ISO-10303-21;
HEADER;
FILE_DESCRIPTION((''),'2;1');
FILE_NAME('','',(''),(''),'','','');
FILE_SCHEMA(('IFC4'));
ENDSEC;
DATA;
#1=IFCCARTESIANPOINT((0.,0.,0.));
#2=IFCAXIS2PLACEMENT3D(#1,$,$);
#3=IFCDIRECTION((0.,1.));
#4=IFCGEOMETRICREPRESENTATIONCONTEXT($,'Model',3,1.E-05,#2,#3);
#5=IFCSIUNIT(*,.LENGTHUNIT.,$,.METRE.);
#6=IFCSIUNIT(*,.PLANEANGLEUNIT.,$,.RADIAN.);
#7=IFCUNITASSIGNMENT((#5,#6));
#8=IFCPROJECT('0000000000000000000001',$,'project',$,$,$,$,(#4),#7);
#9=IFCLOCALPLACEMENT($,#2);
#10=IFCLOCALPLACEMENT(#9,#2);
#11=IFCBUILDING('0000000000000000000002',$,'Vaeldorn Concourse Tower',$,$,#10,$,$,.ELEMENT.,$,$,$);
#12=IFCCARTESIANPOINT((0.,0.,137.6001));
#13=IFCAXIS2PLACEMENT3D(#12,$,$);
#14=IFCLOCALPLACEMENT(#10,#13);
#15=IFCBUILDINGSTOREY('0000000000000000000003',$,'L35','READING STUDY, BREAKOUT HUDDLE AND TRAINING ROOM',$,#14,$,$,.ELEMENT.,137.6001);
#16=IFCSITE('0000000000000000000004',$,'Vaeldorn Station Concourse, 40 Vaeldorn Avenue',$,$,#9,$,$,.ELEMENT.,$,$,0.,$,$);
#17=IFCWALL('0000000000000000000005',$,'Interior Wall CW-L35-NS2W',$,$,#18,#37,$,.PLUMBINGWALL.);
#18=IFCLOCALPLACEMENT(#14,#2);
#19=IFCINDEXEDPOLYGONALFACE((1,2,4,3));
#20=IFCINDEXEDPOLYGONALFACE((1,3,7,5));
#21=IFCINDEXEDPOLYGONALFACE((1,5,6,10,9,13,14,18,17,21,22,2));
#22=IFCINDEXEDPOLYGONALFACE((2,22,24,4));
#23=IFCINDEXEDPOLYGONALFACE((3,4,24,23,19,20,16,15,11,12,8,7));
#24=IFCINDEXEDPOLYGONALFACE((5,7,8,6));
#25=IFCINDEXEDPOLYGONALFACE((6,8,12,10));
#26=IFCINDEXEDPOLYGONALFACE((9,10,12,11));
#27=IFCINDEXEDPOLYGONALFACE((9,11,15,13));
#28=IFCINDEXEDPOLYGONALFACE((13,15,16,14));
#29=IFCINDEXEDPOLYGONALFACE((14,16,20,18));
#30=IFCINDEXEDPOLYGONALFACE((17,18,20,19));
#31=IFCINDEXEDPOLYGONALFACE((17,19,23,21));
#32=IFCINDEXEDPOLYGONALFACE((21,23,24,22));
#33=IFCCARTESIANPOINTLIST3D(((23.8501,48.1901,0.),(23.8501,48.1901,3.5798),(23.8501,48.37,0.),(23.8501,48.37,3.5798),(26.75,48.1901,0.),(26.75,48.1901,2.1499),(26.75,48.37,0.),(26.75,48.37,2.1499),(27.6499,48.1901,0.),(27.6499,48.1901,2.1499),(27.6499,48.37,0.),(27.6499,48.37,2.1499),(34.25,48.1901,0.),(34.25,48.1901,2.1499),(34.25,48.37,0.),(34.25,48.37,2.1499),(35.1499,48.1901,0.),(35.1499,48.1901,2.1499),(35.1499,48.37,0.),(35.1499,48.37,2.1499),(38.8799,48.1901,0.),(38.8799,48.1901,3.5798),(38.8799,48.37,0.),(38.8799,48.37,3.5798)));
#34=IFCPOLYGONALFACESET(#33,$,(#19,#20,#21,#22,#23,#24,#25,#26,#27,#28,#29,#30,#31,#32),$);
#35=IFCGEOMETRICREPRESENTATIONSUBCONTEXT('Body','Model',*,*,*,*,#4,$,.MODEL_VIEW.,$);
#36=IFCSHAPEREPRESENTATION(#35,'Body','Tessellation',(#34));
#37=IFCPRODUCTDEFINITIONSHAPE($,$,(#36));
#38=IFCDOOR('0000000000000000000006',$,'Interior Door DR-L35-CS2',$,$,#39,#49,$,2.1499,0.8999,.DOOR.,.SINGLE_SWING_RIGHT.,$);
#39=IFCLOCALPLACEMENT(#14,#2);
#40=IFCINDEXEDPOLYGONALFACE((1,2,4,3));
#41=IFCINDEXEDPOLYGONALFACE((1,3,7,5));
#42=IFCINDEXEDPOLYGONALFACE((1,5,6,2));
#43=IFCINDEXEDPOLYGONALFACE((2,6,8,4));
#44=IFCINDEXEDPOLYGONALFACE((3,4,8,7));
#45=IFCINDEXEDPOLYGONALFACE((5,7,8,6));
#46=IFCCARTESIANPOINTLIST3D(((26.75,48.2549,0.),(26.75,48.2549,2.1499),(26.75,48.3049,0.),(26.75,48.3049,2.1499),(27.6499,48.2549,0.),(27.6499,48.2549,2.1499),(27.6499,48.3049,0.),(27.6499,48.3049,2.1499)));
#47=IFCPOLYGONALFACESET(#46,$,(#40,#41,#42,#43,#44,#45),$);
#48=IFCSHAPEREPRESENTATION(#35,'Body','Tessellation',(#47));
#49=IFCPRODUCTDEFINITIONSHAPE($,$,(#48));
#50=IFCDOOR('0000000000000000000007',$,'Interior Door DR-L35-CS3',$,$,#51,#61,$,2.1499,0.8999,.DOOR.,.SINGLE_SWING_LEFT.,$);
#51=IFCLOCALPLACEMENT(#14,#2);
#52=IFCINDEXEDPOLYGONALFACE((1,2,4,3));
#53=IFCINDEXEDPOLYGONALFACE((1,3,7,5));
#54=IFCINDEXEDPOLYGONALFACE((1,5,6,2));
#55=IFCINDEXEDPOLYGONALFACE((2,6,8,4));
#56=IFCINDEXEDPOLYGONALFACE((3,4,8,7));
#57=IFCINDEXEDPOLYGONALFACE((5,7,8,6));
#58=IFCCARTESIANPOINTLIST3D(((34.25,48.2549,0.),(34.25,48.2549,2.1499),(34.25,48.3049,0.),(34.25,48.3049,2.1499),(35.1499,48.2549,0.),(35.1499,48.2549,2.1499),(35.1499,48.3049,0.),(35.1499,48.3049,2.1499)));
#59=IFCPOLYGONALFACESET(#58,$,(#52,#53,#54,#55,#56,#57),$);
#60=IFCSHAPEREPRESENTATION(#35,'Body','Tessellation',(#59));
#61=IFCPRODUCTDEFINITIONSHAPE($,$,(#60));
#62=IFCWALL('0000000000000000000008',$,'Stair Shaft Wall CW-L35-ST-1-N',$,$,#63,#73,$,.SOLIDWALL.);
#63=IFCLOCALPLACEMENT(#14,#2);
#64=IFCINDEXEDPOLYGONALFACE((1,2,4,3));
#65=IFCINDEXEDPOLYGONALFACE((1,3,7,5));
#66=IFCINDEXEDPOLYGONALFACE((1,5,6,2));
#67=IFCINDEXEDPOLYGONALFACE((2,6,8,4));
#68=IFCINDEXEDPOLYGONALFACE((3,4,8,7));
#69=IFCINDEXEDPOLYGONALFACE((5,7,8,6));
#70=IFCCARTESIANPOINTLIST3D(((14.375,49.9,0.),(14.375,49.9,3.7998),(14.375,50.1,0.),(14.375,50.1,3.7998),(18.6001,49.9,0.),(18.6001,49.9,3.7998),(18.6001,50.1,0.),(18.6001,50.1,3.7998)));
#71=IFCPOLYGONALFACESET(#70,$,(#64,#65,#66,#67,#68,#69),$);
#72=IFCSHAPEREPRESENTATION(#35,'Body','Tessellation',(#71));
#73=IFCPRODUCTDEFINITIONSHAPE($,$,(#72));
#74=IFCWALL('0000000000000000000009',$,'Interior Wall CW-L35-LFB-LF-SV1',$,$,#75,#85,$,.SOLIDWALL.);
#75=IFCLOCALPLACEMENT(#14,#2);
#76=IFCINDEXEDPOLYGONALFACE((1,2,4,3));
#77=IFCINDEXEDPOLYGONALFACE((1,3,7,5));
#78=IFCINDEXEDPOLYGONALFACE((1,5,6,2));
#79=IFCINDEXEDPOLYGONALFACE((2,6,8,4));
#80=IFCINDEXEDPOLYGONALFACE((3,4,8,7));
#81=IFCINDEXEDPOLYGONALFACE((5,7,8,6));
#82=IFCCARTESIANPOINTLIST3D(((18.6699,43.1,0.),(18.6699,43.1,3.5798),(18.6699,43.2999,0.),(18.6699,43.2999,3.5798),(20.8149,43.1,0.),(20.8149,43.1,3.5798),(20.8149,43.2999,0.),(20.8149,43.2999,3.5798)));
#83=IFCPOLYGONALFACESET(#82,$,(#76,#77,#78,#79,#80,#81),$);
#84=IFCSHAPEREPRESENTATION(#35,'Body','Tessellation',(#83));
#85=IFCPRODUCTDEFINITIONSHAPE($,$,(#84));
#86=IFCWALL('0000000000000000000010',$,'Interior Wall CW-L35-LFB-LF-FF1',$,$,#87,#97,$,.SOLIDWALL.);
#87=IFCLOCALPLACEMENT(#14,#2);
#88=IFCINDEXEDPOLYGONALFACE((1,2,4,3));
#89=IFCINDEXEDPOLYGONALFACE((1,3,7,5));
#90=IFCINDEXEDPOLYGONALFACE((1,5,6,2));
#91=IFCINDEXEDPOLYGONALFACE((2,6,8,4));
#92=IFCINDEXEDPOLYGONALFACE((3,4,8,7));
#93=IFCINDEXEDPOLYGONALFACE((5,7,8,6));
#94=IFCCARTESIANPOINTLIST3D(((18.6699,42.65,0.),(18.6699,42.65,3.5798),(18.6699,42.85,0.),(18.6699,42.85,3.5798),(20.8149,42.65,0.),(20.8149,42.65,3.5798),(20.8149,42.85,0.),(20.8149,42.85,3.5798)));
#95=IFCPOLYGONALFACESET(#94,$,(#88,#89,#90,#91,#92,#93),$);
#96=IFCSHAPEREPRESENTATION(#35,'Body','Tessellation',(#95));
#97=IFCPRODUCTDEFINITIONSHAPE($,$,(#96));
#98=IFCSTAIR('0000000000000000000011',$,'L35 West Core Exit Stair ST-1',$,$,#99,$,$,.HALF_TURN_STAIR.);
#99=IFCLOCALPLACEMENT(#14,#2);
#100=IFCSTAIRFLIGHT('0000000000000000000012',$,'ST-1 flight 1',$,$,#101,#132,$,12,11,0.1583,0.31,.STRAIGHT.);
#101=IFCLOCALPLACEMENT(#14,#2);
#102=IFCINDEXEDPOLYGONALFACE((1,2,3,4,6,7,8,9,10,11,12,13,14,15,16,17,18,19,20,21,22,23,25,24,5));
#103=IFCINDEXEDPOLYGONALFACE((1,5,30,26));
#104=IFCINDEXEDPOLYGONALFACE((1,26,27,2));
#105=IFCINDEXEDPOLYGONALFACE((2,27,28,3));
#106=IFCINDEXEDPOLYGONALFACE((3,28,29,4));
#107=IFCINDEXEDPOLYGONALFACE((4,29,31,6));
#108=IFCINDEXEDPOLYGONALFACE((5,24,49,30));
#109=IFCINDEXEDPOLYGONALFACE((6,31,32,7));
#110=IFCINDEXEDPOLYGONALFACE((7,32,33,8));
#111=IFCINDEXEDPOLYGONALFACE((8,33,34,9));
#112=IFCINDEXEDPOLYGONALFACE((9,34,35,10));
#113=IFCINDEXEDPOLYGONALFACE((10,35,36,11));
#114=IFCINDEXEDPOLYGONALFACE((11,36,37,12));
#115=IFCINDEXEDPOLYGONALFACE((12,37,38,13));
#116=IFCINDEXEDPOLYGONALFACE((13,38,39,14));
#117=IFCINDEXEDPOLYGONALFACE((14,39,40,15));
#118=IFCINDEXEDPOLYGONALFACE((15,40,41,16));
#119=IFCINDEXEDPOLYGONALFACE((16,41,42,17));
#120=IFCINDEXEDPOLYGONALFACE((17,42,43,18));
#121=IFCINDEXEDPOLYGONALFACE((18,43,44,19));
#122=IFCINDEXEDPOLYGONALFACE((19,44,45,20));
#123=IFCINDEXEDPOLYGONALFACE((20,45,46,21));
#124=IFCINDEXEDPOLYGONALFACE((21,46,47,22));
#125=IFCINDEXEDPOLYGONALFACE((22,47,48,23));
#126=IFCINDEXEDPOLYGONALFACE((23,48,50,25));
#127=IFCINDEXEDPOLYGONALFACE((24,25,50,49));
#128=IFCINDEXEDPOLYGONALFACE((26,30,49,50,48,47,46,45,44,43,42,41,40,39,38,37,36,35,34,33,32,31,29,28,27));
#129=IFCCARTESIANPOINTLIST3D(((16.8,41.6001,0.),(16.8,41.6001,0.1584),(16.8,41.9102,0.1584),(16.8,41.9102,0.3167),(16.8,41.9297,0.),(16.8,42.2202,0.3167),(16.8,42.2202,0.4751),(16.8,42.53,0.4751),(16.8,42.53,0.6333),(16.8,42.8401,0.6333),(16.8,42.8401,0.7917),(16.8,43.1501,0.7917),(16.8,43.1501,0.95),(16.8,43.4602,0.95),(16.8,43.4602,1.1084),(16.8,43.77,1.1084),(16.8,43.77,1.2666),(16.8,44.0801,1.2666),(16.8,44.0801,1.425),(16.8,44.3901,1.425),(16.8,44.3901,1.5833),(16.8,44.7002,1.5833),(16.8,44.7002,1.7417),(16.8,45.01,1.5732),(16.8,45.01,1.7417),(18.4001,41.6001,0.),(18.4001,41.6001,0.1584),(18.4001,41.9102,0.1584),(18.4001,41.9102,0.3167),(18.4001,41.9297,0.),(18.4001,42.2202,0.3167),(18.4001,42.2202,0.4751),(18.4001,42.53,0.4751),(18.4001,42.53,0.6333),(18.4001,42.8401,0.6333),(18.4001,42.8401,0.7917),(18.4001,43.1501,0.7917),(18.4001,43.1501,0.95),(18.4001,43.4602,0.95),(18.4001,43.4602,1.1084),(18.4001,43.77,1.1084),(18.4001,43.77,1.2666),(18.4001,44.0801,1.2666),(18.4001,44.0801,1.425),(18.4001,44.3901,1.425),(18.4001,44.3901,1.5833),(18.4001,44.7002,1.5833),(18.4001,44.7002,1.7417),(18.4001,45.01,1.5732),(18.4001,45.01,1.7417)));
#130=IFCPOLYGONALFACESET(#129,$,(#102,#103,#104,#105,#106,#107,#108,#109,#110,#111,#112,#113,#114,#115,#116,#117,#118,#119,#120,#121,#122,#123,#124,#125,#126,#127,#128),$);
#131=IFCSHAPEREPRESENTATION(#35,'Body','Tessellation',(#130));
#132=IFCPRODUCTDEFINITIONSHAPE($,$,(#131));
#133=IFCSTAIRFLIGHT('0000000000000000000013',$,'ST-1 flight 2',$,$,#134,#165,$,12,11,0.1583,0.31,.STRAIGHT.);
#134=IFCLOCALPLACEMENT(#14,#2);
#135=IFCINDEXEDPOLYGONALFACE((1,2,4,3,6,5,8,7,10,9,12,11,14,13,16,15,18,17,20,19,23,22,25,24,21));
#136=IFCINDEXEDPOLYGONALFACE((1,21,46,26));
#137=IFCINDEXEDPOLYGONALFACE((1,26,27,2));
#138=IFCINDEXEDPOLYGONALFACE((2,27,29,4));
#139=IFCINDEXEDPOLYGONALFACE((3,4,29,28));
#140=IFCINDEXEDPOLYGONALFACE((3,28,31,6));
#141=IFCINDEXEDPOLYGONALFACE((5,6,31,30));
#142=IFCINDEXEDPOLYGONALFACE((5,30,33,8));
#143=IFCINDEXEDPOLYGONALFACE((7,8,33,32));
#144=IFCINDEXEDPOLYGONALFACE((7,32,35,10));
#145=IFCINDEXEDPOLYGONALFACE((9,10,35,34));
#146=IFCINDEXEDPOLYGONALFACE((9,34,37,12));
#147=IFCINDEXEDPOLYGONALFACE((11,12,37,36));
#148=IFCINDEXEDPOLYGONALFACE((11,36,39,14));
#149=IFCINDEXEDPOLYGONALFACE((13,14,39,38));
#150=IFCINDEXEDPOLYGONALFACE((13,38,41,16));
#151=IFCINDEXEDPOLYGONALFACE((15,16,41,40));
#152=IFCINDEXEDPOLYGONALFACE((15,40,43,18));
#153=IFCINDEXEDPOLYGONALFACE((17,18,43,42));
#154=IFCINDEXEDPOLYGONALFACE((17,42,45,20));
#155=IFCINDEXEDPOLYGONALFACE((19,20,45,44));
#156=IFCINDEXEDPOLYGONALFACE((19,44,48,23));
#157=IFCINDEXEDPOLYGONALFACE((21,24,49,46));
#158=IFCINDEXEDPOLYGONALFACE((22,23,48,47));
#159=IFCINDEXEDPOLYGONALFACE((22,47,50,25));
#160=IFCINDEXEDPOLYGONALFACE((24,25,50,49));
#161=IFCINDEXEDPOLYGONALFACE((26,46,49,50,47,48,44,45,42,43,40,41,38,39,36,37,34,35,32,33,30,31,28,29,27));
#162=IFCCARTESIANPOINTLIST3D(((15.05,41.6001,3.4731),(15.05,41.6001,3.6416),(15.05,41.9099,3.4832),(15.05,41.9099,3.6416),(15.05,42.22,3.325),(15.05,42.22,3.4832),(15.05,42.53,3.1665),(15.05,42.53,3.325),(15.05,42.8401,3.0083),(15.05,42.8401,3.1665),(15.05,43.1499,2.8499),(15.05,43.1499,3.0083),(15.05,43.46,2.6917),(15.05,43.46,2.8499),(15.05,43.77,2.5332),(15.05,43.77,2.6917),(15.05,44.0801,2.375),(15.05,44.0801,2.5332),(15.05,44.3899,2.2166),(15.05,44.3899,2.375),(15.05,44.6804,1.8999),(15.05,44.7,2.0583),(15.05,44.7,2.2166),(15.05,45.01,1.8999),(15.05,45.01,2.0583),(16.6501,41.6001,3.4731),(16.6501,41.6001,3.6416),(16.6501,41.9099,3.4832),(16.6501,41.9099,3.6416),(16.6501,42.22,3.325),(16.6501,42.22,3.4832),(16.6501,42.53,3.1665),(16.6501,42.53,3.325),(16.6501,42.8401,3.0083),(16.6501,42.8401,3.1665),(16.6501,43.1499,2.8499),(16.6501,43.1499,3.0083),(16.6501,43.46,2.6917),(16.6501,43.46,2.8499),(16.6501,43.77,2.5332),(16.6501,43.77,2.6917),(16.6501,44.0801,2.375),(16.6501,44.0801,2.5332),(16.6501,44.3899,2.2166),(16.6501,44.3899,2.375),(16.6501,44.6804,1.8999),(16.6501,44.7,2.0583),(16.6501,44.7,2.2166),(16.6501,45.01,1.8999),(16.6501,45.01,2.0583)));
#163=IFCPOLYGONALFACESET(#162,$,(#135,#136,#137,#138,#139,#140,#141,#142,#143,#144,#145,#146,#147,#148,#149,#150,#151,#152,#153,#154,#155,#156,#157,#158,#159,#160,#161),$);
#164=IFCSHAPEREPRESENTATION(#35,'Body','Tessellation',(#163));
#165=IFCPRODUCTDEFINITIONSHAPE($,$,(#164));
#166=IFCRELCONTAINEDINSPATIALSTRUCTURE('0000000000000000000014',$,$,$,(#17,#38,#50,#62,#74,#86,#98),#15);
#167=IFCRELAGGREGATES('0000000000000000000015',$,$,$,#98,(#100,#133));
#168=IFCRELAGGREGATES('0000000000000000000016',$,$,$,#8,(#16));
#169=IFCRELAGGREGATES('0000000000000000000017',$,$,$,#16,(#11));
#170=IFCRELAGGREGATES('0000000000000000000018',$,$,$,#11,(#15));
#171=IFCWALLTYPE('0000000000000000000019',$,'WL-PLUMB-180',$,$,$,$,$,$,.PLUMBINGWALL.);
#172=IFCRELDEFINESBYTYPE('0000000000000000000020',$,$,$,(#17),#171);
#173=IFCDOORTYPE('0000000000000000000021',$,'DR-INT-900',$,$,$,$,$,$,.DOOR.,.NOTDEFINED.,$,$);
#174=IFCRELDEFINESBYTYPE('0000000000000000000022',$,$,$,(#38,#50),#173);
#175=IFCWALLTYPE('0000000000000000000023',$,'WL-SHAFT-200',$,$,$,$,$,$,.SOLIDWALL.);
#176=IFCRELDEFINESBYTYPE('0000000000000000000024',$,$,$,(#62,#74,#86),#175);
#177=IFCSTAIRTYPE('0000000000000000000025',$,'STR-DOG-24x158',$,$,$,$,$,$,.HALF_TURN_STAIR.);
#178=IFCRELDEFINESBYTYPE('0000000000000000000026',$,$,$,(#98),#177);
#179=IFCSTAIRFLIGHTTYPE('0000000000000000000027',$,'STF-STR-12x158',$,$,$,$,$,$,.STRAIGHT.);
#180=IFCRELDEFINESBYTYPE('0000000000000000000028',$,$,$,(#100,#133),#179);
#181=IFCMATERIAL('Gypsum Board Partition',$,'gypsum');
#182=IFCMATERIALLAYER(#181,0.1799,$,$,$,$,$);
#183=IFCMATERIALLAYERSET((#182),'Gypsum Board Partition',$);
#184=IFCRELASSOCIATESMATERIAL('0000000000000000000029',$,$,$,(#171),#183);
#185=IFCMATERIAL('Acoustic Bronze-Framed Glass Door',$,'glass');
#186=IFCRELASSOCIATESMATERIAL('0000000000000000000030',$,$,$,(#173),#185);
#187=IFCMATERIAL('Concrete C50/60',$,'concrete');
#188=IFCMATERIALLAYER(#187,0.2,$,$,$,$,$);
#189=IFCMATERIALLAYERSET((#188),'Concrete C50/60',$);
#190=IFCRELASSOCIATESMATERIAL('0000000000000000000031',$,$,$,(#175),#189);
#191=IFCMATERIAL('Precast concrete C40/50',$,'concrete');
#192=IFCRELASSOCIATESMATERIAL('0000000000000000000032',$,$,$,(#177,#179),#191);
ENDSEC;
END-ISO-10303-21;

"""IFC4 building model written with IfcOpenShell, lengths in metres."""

from ifc_helpers import new_model, si_unit, direction, frame, frame_2d, origin, place, context, subcontext, project, spatial, polyline, rectangle, outline, extrude, source, transform, mapped, material, layer, layer_set, type_object, element, fill, aggregate, save


model = new_model("IFC4")

# Units and contexts
model_context = context("Model", 3, precision=1e-05, world=origin(), true_north=direction((0.0, 1.0)))
body_context = subcontext(model_context, "Body", "Model", "MODEL_VIEW")
ifc_project = project(units=[si_unit("LENGTHUNIT", "METRE"), si_unit("PLANEANGLEUNIT", "RADIAN")], contexts=[model_context])

# Site, building, storey
site_placement = place(None, origin())
site = spatial("IfcSite", under=ifc_project, at=site_placement, Name="Vaeldorn Station Concourse, 40 Vaeldorn Avenue", CompositionType="ELEMENT", RefElevation=0.0)
building_placement = place(site_placement, origin())
building = spatial("IfcBuilding", under=site, at=building_placement, Name="Vaeldorn Concourse Tower", CompositionType="ELEMENT")
storey_placement = place(building_placement, frame((0.0, 0.0, 137.6001)))
storey = spatial("IfcBuildingStorey", under=building, at=storey_placement, Name="L35", Description="READING STUDY, BREAKOUT HUDDLE AND TRAINING ROOM", CompositionType="ELEMENT", Elevation=137.6001)

# Shared definitions
ifc_material_1 = material(Name="Gypsum Board Partition", Category="gypsum")

# Wall, openings, doors
ifc_layer_1 = layer(ifc_material_1, 0.1799)
ifc_layer_set_1 = layer_set([ifc_layer_1], Name="Gypsum Board Partition")
wall_type_1 = type_object("IfcWallType", Name="WL-PLUMB-180", PredefinedType="PLUMBINGWALL", material=ifc_layer_set_1)
wall_1_placement = place(storey_placement, frame((23.8501, 48.28, 0.0), z_axis=(0.0, 0.0, 1.0), x_axis=(1.0, 0.0, 0.0)))
wall_1 = element("IfcWall", 1, at=wall_1_placement, inside=storey, type_object=wall_type_1, Name="Interior Wall CW-L35-NS2W", PredefinedType="PLUMBINGWALL", context=body_context, shape_type="SweptSolid", body=[
    extrude(rectangle(XDim=15.0298, YDim=0.1799, at=frame_2d((7.5149, 0.0))), origin(), (0.0, 0.0, 1.0), 3.5798),
])
opening_1_placement = place(wall_1_placement, frame((2.8999, 0.0, 0.0)))
opening_1 = element("IfcOpeningElement", 2, at=opening_1_placement, cuts=wall_1, PredefinedType="OPENING", context=body_context, shape_type="SweptSolid", body=[
    extrude(rectangle(XDim=0.8999, YDim=2.1499, at=frame_2d((0.45, 1.075))), frame((0.0, 0.1001, 0.0), z_axis=(0.0, -1.0, 0.0), x_axis=(1.0, 0.0, 0.0)), (0.0, 0.0, 1.0), 0.2),
])
opening_2_placement = place(wall_1_placement, frame((10.3999, 0.0, 0.0)))
opening_2 = element("IfcOpeningElement", 3, at=opening_2_placement, cuts=wall_1, PredefinedType="OPENING", context=body_context, shape_type="SweptSolid", body=[
    extrude(rectangle(XDim=0.8999, YDim=2.1499, at=frame_2d((0.45, 1.075))), frame((0.0, 0.1001, 0.0), z_axis=(0.0, -1.0, 0.0), x_axis=(1.0, 0.0, 0.0)), (0.0, 0.0, 1.0), 0.2),
])
ifc_material_2 = material(Name="Acoustic Bronze-Framed Glass Door", Category="glass")
door_type_1 = type_object("IfcDoorType", Name="DR-INT-900", OperationType="NOTDEFINED", PredefinedType="DOOR", material=ifc_material_2)
shared_shape_1 = source(origin(), body_context, "Body", "SweptSolid", [
    extrude(rectangle(XDim=0.8999, YDim=2.1499, at=frame_2d((0.45, 1.075))), frame((0.0, 0.0249, 0.0), z_axis=(0.0, -1.0, 0.0), x_axis=(1.0, 0.0, 0.0)), (0.0, 0.0, 1.0), 0.05),
])
door_1_placement = place(opening_1_placement, origin())
door_1 = element("IfcDoor", 4, at=door_1_placement, inside=storey, type_object=door_type_1, Name="Interior Door DR-L35-CS2", OperationType="SINGLE_SWING_RIGHT", OverallHeight=2.1499, OverallWidth=0.8999, PredefinedType="DOOR", context=body_context, shape_type="MappedRepresentation", body=[
    mapped(shared_shape_1, transform((0.0, 0.0, 0.0), scale=1.0)),
])
fill(opening_1, door_1)
door_2_placement = place(opening_2_placement, origin())
door_2 = element("IfcDoor", 5, at=door_2_placement, inside=storey, type_object=door_type_1, Name="Interior Door DR-L35-CS3", OperationType="SINGLE_SWING_LEFT", OverallHeight=2.1499, OverallWidth=0.8999, PredefinedType="DOOR", context=body_context, shape_type="MappedRepresentation", body=[
    mapped(shared_shape_1, transform((0.0, 0.0, 0.0), scale=1.0)),
])
fill(opening_2, door_2)

# Wall
ifc_material_3 = material(Name="Concrete C50/60", Category="concrete")
ifc_layer_2 = layer(ifc_material_3, 0.2)
ifc_layer_set_2 = layer_set([ifc_layer_2], Name="Concrete C50/60")
wall_type_2 = type_object("IfcWallType", Name="WL-SHAFT-200", PredefinedType="SOLIDWALL", material=ifc_layer_set_2)
wall_2_placement = place(storey_placement, frame((14.375, 50.0, 0.0), z_axis=(0.0, 0.0, 1.0), x_axis=(1.0, 0.0, 0.0)))
element("IfcWall", 6, at=wall_2_placement, inside=storey, type_object=wall_type_2, Name="Stair Shaft Wall CW-L35-ST-1-N", PredefinedType="SOLIDWALL", context=body_context, shape_type="SweptSolid", body=[
    extrude(rectangle(XDim=4.2251, YDim=0.2, at=frame_2d((2.1125, 0.0))), origin(), (0.0, 0.0, 1.0), 3.7998),
])

# Walls
for number, where, z_axis, x_axis, name in (
    (7, (18.6699, 43.2, 0.0), (0.0, 0.0, 1.0), (1.0, 0.0, 0.0), "Interior Wall CW-L35-LFB-LF-SV1"),
    (8, (18.6699, 42.75, 0.0), (0.0, 0.0, 1.0), (1.0, 0.0, 0.0), "Interior Wall CW-L35-LFB-LF-FF1"),
):
    element("IfcWall", number, at=place(storey_placement, frame(where, z_axis=z_axis, x_axis=x_axis)), inside=storey, type_object=wall_type_2, Name=name, PredefinedType="SOLIDWALL", context=body_context, shape_type="SweptSolid", body=[
        extrude(rectangle(XDim=2.145, YDim=0.2, at=frame_2d((1.0725, 0.0))), origin(), (0.0, 0.0, 1.0), 3.5798),
    ])

# Stair, stair flights
ifc_material_4 = material(Name="Precast concrete C40/50", Category="concrete")
stair_type = type_object("IfcStairType", Name="STR-DOG-24x158", PredefinedType="HALF_TURN_STAIR", material=ifc_material_4)
stair_placement = place(storey_placement, origin())
stair = element("IfcStair", 9, at=stair_placement, inside=storey, type_object=stair_type, Name="L35 West Core Exit Stair ST-1", PredefinedType="HALF_TURN_STAIR")
stair_flight_type = type_object("IfcStairFlightType", Name="STF-STR-12x158", PredefinedType="STRAIGHT", material=ifc_material_4)
stair_flight_1_placement = place(storey_placement, frame((17.6001, 41.6001, 0.0), z_axis=(0.0, 0.0, 1.0), x_axis=(0.0, 1.0, 0.0)))
stair_flight_1 = element("IfcStairFlight", 10, at=stair_flight_1_placement, type_object=stair_flight_type, Name="ST-1 flight 1", NumberOfRisers=12, NumberOfTreads=11, PredefinedType="STRAIGHT", RiserHeight=0.1583, TreadLength=0.31, context=body_context, shape_type="SweptSolid", body=[
    extrude(outline(polyline([(0.0, 0.0), (0.0, 0.1584), (0.3101, 0.1584), (0.3101, 0.3167), (0.6201, 0.3167), (0.6201, 0.4751), (0.9299, 0.4751), (0.9299, 0.6333), (1.24, 0.6333), (1.24, 0.7917), (1.55, 0.7917), (1.55, 0.95), (1.8601, 0.95), (1.8601, 1.1084), (2.1699, 1.1084), (2.1699, 1.2666), (2.48, 1.2666), (2.48, 1.425), (2.79, 1.425), (2.79, 1.5833), (3.1001, 1.5833), (3.1001, 1.7417), (3.4099, 1.7417), (3.4099, 1.8999), (3.4099, 1.5732), (0.3296, 0.0), (0.0, 0.0)])), frame((0.0, 0.8, 0.0), z_axis=(0.0, -1.0, 0.0), x_axis=(1.0, 0.0, 0.0)), (0.0, 0.0, 1.0), 1.6001),
])
stair_flight_2_placement = place(storey_placement, frame((15.8501, 45.01, 1.8999), z_axis=(0.0, 0.0, 1.0), x_axis=(0.0, -1.0, 0.0)))
stair_flight_2 = element("IfcStairFlight", 11, at=stair_flight_2_placement, type_object=stair_flight_type, Name="ST-1 flight 2", NumberOfRisers=12, NumberOfTreads=11, PredefinedType="STRAIGHT", RiserHeight=0.1583, TreadLength=0.31, context=body_context, shape_type="SweptSolid", body=[
    extrude(outline(polyline([(0.0, 0.0), (0.0, 0.1584), (0.3101, 0.1584), (0.3101, 0.3167), (0.6201, 0.3167), (0.6201, 0.4751), (0.9299, 0.4751), (0.9299, 0.6333), (1.24, 0.6333), (1.24, 0.7917), (1.55, 0.7917), (1.55, 0.95), (1.8601, 0.95), (1.8601, 1.1084), (2.1699, 1.1084), (2.1699, 1.2666), (2.48, 1.2666), (2.48, 1.425), (2.79, 1.425), (2.79, 1.5833), (3.1001, 1.5833), (3.1001, 1.7417), (3.4099, 1.7417), (3.4099, 1.8999), (3.4099, 1.5732), (0.3296, 0.0), (0.0, 0.0)])), frame((0.0, 0.8, 0.0), z_axis=(0.0, -1.0, 0.0), x_axis=(1.0, 0.0, 0.0)), (0.0, 0.0, 1.0), 1.6001),
])
aggregate(stair, [stair_flight_1, stair_flight_2])

save(model, "model.ifc")
